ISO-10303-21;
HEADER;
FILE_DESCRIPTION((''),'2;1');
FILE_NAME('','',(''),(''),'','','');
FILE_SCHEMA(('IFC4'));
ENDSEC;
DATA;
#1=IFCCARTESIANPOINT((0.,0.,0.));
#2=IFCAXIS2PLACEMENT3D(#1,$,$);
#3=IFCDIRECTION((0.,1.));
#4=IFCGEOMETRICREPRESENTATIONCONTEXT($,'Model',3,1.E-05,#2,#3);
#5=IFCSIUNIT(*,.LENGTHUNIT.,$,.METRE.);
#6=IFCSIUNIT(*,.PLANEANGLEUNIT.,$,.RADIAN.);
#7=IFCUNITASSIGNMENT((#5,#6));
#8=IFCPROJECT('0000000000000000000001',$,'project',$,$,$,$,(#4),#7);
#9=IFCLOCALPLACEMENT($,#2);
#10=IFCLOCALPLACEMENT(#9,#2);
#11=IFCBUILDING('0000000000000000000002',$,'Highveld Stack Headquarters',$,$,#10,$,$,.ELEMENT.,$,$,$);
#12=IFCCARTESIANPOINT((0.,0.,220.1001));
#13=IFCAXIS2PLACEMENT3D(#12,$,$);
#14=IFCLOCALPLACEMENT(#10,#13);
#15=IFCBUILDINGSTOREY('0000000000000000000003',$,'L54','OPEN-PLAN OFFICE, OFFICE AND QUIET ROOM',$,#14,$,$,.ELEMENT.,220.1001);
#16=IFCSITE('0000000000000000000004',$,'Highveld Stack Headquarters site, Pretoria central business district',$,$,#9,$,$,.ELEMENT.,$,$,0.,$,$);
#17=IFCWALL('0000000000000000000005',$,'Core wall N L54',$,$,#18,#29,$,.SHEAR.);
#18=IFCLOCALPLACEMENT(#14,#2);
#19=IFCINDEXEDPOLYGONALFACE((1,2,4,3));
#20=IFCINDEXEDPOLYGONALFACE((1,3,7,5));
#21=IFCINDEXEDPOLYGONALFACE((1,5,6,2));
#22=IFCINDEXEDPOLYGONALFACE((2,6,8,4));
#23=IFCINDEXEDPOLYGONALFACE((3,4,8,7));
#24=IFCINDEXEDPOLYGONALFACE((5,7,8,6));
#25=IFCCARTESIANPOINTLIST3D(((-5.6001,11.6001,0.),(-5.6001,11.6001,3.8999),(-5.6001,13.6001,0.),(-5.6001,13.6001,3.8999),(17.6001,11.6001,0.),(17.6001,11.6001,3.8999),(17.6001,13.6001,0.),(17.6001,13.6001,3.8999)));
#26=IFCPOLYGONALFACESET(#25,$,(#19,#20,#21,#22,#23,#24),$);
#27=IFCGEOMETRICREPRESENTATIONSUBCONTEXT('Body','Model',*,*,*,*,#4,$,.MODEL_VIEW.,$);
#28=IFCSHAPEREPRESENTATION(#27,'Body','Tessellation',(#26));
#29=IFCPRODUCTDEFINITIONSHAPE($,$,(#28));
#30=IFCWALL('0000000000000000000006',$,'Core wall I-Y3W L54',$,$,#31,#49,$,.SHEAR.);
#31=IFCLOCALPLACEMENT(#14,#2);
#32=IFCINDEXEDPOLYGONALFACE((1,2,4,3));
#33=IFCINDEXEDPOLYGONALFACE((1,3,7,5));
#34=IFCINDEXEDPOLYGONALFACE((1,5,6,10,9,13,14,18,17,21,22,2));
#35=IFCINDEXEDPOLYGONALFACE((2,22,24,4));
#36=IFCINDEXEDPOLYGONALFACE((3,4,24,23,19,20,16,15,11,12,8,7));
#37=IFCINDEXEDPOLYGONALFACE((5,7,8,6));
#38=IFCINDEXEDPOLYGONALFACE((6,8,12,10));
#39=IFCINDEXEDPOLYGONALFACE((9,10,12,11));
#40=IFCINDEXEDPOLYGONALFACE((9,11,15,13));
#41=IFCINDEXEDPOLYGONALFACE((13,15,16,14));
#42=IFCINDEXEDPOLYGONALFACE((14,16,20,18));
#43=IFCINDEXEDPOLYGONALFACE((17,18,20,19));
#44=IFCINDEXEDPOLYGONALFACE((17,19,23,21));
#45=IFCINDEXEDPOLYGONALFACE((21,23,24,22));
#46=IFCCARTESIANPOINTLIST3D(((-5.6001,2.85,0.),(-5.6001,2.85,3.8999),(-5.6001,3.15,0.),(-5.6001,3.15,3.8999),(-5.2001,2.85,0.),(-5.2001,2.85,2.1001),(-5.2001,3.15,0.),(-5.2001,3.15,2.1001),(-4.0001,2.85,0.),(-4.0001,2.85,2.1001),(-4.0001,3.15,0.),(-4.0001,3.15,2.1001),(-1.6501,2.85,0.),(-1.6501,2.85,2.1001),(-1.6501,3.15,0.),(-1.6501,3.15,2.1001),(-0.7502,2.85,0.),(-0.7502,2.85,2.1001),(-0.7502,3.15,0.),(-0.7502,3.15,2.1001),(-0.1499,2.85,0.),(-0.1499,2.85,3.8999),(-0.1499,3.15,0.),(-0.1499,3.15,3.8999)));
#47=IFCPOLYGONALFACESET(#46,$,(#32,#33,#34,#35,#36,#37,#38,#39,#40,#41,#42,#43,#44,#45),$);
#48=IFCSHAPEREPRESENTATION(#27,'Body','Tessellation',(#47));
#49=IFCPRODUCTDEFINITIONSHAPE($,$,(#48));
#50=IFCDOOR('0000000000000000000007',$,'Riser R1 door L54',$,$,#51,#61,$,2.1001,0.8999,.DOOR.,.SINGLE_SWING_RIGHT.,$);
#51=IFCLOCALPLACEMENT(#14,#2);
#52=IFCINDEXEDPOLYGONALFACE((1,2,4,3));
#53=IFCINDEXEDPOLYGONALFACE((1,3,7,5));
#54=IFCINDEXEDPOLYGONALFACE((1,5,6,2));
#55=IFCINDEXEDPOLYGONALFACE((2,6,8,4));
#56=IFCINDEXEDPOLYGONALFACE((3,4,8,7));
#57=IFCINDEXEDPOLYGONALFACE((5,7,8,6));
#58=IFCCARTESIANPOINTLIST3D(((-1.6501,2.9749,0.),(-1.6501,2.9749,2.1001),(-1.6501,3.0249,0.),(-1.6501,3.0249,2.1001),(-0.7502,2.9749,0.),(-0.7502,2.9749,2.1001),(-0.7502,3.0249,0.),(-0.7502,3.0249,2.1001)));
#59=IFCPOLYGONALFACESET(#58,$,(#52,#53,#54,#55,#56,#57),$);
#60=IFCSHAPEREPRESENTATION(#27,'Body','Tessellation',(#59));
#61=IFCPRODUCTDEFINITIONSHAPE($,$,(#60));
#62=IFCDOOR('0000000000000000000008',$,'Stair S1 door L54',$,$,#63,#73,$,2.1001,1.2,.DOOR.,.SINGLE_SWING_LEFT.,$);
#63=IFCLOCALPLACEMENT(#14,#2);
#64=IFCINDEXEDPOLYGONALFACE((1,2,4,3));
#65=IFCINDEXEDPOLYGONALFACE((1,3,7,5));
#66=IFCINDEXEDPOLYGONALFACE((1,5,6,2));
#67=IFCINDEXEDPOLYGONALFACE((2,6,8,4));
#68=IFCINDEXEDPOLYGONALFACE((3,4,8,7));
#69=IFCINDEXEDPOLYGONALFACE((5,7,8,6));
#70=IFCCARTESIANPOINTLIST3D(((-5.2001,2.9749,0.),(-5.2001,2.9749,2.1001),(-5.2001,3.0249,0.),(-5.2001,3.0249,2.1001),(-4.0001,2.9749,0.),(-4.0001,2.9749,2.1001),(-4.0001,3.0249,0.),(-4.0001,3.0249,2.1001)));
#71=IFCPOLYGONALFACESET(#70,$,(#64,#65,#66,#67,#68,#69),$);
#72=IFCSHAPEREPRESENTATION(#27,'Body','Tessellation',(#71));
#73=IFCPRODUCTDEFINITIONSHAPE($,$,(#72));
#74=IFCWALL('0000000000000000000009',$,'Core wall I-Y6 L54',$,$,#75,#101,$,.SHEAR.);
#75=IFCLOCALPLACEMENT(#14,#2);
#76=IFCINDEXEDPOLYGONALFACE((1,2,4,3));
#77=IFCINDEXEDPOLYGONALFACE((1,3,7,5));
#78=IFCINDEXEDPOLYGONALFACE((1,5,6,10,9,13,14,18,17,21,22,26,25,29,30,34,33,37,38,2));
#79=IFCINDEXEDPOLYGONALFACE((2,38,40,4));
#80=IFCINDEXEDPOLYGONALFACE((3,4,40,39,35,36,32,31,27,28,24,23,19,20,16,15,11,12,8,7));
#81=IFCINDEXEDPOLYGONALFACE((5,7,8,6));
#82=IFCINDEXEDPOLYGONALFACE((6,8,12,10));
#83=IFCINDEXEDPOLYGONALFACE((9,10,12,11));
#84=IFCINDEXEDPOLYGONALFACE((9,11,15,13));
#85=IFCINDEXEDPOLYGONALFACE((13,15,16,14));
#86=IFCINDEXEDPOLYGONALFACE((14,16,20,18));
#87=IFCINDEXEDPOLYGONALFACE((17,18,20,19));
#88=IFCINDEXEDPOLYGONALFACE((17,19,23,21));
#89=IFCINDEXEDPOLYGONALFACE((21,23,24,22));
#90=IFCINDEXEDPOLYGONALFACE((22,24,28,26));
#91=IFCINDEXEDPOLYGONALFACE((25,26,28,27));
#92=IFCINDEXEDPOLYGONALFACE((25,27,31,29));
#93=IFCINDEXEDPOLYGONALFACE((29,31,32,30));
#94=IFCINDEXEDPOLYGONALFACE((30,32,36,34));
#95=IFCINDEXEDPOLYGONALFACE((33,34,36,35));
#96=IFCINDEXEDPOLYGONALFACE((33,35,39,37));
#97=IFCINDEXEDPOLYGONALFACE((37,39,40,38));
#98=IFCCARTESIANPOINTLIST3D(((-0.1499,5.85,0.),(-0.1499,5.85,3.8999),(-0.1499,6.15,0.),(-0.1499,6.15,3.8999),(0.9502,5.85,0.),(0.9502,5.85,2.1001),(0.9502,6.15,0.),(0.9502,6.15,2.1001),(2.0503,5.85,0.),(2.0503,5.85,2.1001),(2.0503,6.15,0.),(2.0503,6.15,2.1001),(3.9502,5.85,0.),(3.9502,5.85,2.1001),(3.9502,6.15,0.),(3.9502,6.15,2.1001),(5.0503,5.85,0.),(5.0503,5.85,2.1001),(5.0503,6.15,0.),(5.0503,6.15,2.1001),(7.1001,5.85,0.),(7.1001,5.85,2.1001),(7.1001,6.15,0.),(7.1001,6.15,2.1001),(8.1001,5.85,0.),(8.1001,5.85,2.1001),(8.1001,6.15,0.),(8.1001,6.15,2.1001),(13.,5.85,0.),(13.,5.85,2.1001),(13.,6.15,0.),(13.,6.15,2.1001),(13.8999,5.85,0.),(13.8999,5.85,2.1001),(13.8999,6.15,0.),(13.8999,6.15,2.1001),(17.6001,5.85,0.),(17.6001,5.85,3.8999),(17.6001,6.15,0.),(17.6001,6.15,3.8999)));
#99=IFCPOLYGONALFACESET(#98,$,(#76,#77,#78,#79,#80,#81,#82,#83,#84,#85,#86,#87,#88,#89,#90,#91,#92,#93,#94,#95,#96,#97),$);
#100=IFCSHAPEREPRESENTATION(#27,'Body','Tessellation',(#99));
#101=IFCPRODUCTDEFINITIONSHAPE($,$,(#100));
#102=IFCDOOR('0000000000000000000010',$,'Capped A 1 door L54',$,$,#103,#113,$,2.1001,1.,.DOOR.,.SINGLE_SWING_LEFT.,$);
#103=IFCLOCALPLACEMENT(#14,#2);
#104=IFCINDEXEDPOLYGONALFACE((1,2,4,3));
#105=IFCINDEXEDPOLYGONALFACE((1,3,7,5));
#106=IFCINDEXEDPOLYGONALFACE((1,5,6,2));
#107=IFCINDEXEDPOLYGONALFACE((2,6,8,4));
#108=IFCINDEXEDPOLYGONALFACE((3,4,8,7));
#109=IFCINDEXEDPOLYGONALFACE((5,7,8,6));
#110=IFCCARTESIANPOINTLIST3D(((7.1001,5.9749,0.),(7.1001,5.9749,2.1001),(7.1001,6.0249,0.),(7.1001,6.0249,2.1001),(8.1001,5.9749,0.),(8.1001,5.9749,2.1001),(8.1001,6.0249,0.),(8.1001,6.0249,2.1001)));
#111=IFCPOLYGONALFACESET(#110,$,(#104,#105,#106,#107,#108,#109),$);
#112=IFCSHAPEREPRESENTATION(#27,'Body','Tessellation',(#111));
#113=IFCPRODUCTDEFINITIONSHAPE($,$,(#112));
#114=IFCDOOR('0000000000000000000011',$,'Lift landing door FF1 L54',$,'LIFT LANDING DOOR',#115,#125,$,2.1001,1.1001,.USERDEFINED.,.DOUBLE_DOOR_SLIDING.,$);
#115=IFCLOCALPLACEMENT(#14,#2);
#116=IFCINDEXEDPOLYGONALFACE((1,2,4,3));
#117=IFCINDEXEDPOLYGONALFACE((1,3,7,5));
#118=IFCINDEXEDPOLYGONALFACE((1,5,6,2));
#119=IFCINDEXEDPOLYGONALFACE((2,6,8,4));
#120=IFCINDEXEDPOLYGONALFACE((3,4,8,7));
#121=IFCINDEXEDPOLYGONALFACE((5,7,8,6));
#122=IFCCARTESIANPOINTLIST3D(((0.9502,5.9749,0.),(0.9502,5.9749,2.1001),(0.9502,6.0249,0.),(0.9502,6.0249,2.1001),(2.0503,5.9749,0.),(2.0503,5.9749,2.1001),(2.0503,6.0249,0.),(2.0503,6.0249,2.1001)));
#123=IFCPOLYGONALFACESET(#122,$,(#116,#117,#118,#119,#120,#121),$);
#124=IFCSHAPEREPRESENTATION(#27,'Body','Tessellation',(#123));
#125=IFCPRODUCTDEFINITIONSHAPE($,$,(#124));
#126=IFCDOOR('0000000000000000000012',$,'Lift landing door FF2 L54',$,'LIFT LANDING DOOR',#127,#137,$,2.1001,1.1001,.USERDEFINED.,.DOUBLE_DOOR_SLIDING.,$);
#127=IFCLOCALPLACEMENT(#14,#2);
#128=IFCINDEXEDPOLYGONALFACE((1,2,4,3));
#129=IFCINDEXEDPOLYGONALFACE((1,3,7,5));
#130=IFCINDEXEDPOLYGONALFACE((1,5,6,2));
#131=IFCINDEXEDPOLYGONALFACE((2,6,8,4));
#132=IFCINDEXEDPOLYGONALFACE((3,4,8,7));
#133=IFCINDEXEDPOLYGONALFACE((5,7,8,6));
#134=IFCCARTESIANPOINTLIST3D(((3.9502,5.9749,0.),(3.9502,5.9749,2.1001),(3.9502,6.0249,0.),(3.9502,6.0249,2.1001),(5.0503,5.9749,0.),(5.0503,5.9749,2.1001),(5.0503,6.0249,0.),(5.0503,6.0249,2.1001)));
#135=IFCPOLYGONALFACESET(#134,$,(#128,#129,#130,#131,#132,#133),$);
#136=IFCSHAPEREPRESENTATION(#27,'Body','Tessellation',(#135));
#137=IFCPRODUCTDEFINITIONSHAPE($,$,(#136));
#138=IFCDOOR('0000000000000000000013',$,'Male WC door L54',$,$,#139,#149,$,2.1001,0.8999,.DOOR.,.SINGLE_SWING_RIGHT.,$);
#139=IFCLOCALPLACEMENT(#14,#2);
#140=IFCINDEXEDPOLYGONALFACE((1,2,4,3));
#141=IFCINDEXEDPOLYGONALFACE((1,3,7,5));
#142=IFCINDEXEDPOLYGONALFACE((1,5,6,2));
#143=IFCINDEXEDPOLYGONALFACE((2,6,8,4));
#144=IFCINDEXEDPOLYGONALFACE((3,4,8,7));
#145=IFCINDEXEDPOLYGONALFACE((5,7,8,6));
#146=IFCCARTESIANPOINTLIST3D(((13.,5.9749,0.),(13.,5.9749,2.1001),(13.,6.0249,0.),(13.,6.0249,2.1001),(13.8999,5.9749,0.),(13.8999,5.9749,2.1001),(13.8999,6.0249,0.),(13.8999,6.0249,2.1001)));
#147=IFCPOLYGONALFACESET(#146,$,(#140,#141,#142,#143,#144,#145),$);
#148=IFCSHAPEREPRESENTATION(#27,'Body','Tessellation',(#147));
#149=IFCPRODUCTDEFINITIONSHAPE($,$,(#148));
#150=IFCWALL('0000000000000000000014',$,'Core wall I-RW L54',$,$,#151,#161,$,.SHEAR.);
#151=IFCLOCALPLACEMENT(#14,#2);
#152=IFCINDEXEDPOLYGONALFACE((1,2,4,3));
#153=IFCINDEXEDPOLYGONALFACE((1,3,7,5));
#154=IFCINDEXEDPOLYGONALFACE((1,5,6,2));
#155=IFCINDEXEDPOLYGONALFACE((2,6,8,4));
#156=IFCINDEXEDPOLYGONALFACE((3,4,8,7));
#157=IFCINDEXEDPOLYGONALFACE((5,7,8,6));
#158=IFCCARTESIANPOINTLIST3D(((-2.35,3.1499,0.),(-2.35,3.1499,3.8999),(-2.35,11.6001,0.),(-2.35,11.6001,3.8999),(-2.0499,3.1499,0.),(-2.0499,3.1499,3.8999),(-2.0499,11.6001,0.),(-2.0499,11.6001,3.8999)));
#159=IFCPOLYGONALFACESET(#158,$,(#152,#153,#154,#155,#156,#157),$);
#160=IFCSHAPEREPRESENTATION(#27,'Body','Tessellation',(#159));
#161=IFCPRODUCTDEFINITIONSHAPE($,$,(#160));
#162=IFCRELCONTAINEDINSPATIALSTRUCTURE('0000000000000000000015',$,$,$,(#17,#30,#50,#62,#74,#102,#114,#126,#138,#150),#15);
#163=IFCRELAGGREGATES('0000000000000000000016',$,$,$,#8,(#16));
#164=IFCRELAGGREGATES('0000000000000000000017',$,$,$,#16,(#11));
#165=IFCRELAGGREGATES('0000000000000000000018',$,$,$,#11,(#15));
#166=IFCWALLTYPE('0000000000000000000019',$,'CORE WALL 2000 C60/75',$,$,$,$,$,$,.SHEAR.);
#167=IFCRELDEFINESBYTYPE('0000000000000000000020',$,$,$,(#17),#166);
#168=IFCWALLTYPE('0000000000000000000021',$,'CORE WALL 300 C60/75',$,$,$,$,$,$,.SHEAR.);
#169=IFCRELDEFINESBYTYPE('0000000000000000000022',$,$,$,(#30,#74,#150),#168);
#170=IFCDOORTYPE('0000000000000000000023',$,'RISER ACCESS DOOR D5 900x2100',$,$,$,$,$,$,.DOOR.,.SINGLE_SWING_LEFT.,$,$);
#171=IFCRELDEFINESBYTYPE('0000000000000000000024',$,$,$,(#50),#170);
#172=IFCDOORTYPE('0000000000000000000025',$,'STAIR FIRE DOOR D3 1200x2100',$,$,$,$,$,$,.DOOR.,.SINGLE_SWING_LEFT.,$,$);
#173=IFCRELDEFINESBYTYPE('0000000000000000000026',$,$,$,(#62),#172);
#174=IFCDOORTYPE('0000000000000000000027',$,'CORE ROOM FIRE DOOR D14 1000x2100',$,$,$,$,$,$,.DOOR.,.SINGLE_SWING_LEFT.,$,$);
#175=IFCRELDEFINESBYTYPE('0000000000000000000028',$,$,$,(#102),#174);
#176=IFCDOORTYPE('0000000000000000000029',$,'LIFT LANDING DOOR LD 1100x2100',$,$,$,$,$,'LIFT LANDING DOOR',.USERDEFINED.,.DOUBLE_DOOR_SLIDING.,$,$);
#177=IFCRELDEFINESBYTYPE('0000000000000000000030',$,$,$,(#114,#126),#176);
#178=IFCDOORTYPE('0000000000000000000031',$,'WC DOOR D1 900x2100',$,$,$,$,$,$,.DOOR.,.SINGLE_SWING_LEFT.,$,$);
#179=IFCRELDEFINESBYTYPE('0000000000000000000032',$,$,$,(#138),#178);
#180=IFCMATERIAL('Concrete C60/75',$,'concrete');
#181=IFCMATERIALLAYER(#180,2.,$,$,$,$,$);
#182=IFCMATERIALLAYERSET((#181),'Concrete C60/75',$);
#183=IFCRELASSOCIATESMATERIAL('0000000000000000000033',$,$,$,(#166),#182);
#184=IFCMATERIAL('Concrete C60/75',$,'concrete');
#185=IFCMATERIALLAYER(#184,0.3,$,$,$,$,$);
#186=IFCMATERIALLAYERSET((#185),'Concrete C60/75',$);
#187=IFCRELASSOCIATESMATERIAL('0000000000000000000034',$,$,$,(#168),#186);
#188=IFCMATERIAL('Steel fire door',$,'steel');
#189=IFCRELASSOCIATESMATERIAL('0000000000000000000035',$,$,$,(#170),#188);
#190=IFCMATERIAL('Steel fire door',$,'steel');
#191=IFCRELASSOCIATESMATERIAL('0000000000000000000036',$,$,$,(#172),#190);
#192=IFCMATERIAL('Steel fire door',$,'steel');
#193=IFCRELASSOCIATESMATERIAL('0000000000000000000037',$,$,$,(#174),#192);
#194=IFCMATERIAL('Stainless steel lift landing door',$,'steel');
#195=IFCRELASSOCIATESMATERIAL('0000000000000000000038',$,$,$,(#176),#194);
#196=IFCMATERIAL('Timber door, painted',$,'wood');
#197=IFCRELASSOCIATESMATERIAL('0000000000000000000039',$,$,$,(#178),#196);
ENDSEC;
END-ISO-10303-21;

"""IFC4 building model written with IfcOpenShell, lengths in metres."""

from ifc_helpers import new_model, si_unit, direction, frame, frame_2d, origin, place, context, subcontext, project, spatial, rectangle, extrude, material, layer, layer_set, type_object, element, fill, save


model = new_model("IFC4")

# Units and contexts
model_context = context("Model", 3, precision=1e-05, world=origin(), true_north=direction((0.0, 1.0)))
body_context = subcontext(model_context, "Body", "Model", "MODEL_VIEW")
ifc_project = project(units=[si_unit("LENGTHUNIT", "METRE"), si_unit("PLANEANGLEUNIT", "RADIAN")], contexts=[model_context])

# Site, building, storey
site_placement = place(None, origin())
site = spatial("IfcSite", under=ifc_project, at=site_placement, Name="Highveld Stack Headquarters site, Pretoria central business district", CompositionType="ELEMENT", RefElevation=0.0)
building_placement = place(site_placement, origin())
building = spatial("IfcBuilding", under=site, at=building_placement, Name="Highveld Stack Headquarters", CompositionType="ELEMENT")
storey_placement = place(building_placement, frame((0.0, 0.0, 220.1001)))
storey = spatial("IfcBuildingStorey", under=building, at=storey_placement, Name="L54", Description="OPEN-PLAN OFFICE, OFFICE AND QUIET ROOM", CompositionType="ELEMENT", Elevation=220.1001)

# Wall
ifc_material_1 = material(Name="Concrete C60/75", Category="concrete")
ifc_layer_1 = layer(ifc_material_1, 2.0)
ifc_layer_set_1 = layer_set([ifc_layer_1], Name="Concrete C60/75")
wall_type_1 = type_object("IfcWallType", Name="CORE WALL 2000 C60/75", PredefinedType="SHEAR", material=ifc_layer_set_1)
wall_1_placement = place(storey_placement, frame((-5.6001, 12.6001, 0.0), z_axis=(0.0, 0.0, 1.0), x_axis=(1.0, 0.0, 0.0)))
element("IfcWall", 1, at=wall_1_placement, inside=storey, type_object=wall_type_1, Name="Core wall N L54", PredefinedType="SHEAR", context=body_context, shape_type="SweptSolid", body=[
    extrude(rectangle(XDim=23.2002, YDim=2.0, at=frame_2d((11.6001, 0.0))), origin(), (0.0, 0.0, 1.0), 3.8999),
])

# Walls, openings, doors
ifc_material_2 = material(Name="Concrete C60/75", Category="concrete")
ifc_layer_2 = layer(ifc_material_2, 0.3)
ifc_layer_set_2 = layer_set([ifc_layer_2], Name="Concrete C60/75")
wall_type_2 = type_object("IfcWallType", Name="CORE WALL 300 C60/75", PredefinedType="SHEAR", material=ifc_layer_set_2)
wall_2_placement = place(storey_placement, frame((-5.6001, 3.0, 0.0), z_axis=(0.0, 0.0, 1.0), x_axis=(1.0, 0.0, 0.0)))
wall_2 = element("IfcWall", 2, at=wall_2_placement, inside=storey, type_object=wall_type_2, Name="Core wall I-Y3W L54", PredefinedType="SHEAR", context=body_context, shape_type="SweptSolid", body=[
    extrude(rectangle(XDim=5.4502, YDim=0.3, at=frame_2d((2.7251, 0.0))), origin(), (0.0, 0.0, 1.0), 3.8999),
])
opening_1_placement = place(wall_2_placement, frame((0.3999, 0.0, 0.0)))
opening_1 = element("IfcOpeningElement", 3, at=opening_1_placement, cuts=wall_2, PredefinedType="OPENING", context=body_context, shape_type="SweptSolid", body=[
    extrude(rectangle(XDim=1.2, YDim=2.1001, at=frame_2d((0.6001, 1.05))), frame((0.0, 0.1599, 0.0), z_axis=(0.0, -1.0, 0.0), x_axis=(1.0, 0.0, 0.0)), (0.0, 0.0, 1.0), 0.3201),
])
opening_2_placement = place(wall_2_placement, frame((3.95, 0.0, 0.0)))
opening_2 = element("IfcOpeningElement", 4, at=opening_2_placement, cuts=wall_2, PredefinedType="OPENING", context=body_context, shape_type="SweptSolid", body=[
    extrude(rectangle(XDim=0.8999, YDim=2.1001, at=frame_2d((0.45, 1.05))), frame((0.0, 0.1599, 0.0), z_axis=(0.0, -1.0, 0.0), x_axis=(1.0, 0.0, 0.0)), (0.0, 0.0, 1.0), 0.3201),
])
ifc_material_3 = material(Name="Steel fire door", Category="steel")
door_type_1 = type_object("IfcDoorType", Name="RISER ACCESS DOOR D5 900x2100", OperationType="SINGLE_SWING_LEFT", PredefinedType="DOOR", material=ifc_material_3)
door_1_placement = place(opening_2_placement, origin())
door_1 = element("IfcDoor", 5, at=door_1_placement, inside=storey, type_object=door_type_1, Name="Riser R1 door L54", OperationType="SINGLE_SWING_RIGHT", OverallHeight=2.1001, OverallWidth=0.8999, PredefinedType="DOOR", context=body_context, shape_type="SweptSolid", body=[
    extrude(rectangle(XDim=0.8999, YDim=2.1001, at=frame_2d((0.45, 1.05))), frame((0.0, 0.0249, 0.0), z_axis=(0.0, -1.0, 0.0), x_axis=(1.0, 0.0, 0.0)), (0.0, 0.0, 1.0), 0.05),
])
fill(opening_2, door_1)
ifc_material_4 = material(Name="Steel fire door", Category="steel")
door_type_2 = type_object("IfcDoorType", Name="STAIR FIRE DOOR D3 1200x2100", OperationType="SINGLE_SWING_LEFT", PredefinedType="DOOR", material=ifc_material_4)
door_2_placement = place(opening_1_placement, origin())
door_2 = element("IfcDoor", 6, at=door_2_placement, inside=storey, type_object=door_type_2, Name="Stair S1 door L54", OperationType="SINGLE_SWING_LEFT", OverallHeight=2.1001, OverallWidth=1.2, PredefinedType="DOOR", context=body_context, shape_type="SweptSolid", body=[
    extrude(rectangle(XDim=1.2, YDim=2.1001, at=frame_2d((0.6001, 1.05))), frame((0.0, 0.0249, 0.0), z_axis=(0.0, -1.0, 0.0), x_axis=(1.0, 0.0, 0.0)), (0.0, 0.0, 1.0), 0.05),
])
fill(opening_1, door_2)
wall_3_placement = place(storey_placement, frame((-0.1499, 6.0, 0.0), z_axis=(0.0, 0.0, 1.0), x_axis=(1.0, 0.0, 0.0)))
wall_3 = element("IfcWall", 7, at=wall_3_placement, inside=storey, type_object=wall_type_2, Name="Core wall I-Y6 L54", PredefinedType="SHEAR", context=body_context, shape_type="SweptSolid", body=[
    extrude(rectangle(XDim=17.75, YDim=0.3, at=frame_2d((8.875, 0.0))), origin(), (0.0, 0.0, 1.0), 3.8999),
])
opening_3_placement = place(wall_3_placement, frame((13.1499, 0.0, 0.0)))
opening_3 = element("IfcOpeningElement", 8, at=opening_3_placement, cuts=wall_3, PredefinedType="OPENING", context=body_context, shape_type="SweptSolid", body=[
    extrude(rectangle(XDim=0.8999, YDim=2.1001, at=frame_2d((0.45, 1.05))), frame((0.0, 0.1599, 0.0), z_axis=(0.0, -1.0, 0.0), x_axis=(1.0, 0.0, 0.0)), (0.0, 0.0, 1.0), 0.3201),
])
opening_4_placement = place(wall_3_placement, frame((7.25, 0.0, 0.0)))
opening_4 = element("IfcOpeningElement", 9, at=opening_4_placement, cuts=wall_3, PredefinedType="OPENING", context=body_context, shape_type="SweptSolid", body=[
    extrude(rectangle(XDim=1.0, YDim=2.1001, at=frame_2d((0.5, 1.05))), frame((0.0, 0.1599, 0.0), z_axis=(0.0, -1.0, 0.0), x_axis=(1.0, 0.0, 0.0)), (0.0, 0.0, 1.0), 0.3201),
])
opening_5_placement = place(wall_3_placement, frame((1.1001, 0.0, 0.0)))
opening_5 = element("IfcOpeningElement", 10, at=opening_5_placement, cuts=wall_3, PredefinedType="OPENING", context=body_context, shape_type="SweptSolid", body=[
    extrude(rectangle(XDim=1.1001, YDim=2.1001, at=frame_2d((0.55, 1.05))), frame((0.0, 0.1599, 0.0), z_axis=(0.0, -1.0, 0.0), x_axis=(1.0, 0.0, 0.0)), (0.0, 0.0, 1.0), 0.3201),
])
opening_6_placement = place(wall_3_placement, frame((4.1001, 0.0, 0.0)))
opening_6 = element("IfcOpeningElement", 11, at=opening_6_placement, cuts=wall_3, PredefinedType="OPENING", context=body_context, shape_type="SweptSolid", body=[
    extrude(rectangle(XDim=1.1001, YDim=2.1001, at=frame_2d((0.55, 1.05))), frame((0.0, 0.1599, 0.0), z_axis=(0.0, -1.0, 0.0), x_axis=(1.0, 0.0, 0.0)), (0.0, 0.0, 1.0), 0.3201),
])
ifc_material_5 = material(Name="Steel fire door", Category="steel")
door_type_3 = type_object("IfcDoorType", Name="CORE ROOM FIRE DOOR D14 1000x2100", OperationType="SINGLE_SWING_LEFT", PredefinedType="DOOR", material=ifc_material_5)
door_3_placement = place(opening_4_placement, origin())
door_3 = element("IfcDoor", 12, at=door_3_placement, inside=storey, type_object=door_type_3, Name="Capped A 1 door L54", OperationType="SINGLE_SWING_LEFT", OverallHeight=2.1001, OverallWidth=1.0, PredefinedType="DOOR", context=body_context, shape_type="SweptSolid", body=[
    extrude(rectangle(XDim=1.0, YDim=2.1001, at=frame_2d((0.5, 1.05))), frame((0.0, 0.0249, 0.0), z_axis=(0.0, -1.0, 0.0), x_axis=(1.0, 0.0, 0.0)), (0.0, 0.0, 1.0), 0.05),
])
fill(opening_4, door_3)
ifc_material_6 = material(Name="Stainless steel lift landing door", Category="steel")
door_type_4 = type_object("IfcDoorType", Name="LIFT LANDING DOOR LD 1100x2100", ElementType="LIFT LANDING DOOR", OperationType="DOUBLE_DOOR_SLIDING", PredefinedType="USERDEFINED", material=ifc_material_6)
door_4_placement = place(opening_5_placement, origin())
door_4 = element("IfcDoor", 13, at=door_4_placement, inside=storey, type_object=door_type_4, Name="Lift landing door FF1 L54", ObjectType="LIFT LANDING DOOR", OperationType="DOUBLE_DOOR_SLIDING", OverallHeight=2.1001, OverallWidth=1.1001, PredefinedType="USERDEFINED", context=body_context, shape_type="SweptSolid", body=[
    extrude(rectangle(XDim=1.1001, YDim=2.1001, at=frame_2d((0.55, 1.05))), frame((0.0, 0.0249, 0.0), z_axis=(0.0, -1.0, 0.0), x_axis=(1.0, 0.0, 0.0)), (0.0, 0.0, 1.0), 0.05),
])
fill(opening_5, door_4)
door_5_placement = place(opening_6_placement, origin())
door_5 = element("IfcDoor", 14, at=door_5_placement, inside=storey, type_object=door_type_4, Name="Lift landing door FF2 L54", ObjectType="LIFT LANDING DOOR", OperationType="DOUBLE_DOOR_SLIDING", OverallHeight=2.1001, OverallWidth=1.1001, PredefinedType="USERDEFINED", context=body_context, shape_type="SweptSolid", body=[
    extrude(rectangle(XDim=1.1001, YDim=2.1001, at=frame_2d((0.55, 1.05))), frame((0.0, 0.0249, 0.0), z_axis=(0.0, -1.0, 0.0), x_axis=(1.0, 0.0, 0.0)), (0.0, 0.0, 1.0), 0.05),
])
fill(opening_6, door_5)
ifc_material_7 = material(Name="Timber door, painted", Category="wood")
door_type_5 = type_object("IfcDoorType", Name="WC DOOR D1 900x2100", OperationType="SINGLE_SWING_LEFT", PredefinedType="DOOR", material=ifc_material_7)
door_6_placement = place(opening_3_placement, origin())
door_6 = element("IfcDoor", 15, at=door_6_placement, inside=storey, type_object=door_type_5, Name="Male WC door L54", OperationType="SINGLE_SWING_RIGHT", OverallHeight=2.1001, OverallWidth=0.8999, PredefinedType="DOOR", context=body_context, shape_type="SweptSolid", body=[
    extrude(rectangle(XDim=0.8999, YDim=2.1001, at=frame_2d((0.45, 1.05))), frame((0.0, 0.0249, 0.0), z_axis=(0.0, -1.0, 0.0), x_axis=(1.0, 0.0, 0.0)), (0.0, 0.0, 1.0), 0.05),
])
fill(opening_3, door_6)

# Wall
wall_4_placement = place(storey_placement, frame((-2.2, 3.1499, 0.0), z_axis=(0.0, 0.0, 1.0), x_axis=(0.0, 1.0, 0.0)))
element("IfcWall", 16, at=wall_4_placement, inside=storey, type_object=wall_type_2, Name="Core wall I-RW L54", PredefinedType="SHEAR", context=body_context, shape_type="SweptSolid", body=[
    extrude(rectangle(XDim=8.4502, YDim=0.3, at=frame_2d((4.2251, 0.0))), origin(), (0.0, 0.0, 1.0), 3.8999),
])

save(model, "model.ifc")
